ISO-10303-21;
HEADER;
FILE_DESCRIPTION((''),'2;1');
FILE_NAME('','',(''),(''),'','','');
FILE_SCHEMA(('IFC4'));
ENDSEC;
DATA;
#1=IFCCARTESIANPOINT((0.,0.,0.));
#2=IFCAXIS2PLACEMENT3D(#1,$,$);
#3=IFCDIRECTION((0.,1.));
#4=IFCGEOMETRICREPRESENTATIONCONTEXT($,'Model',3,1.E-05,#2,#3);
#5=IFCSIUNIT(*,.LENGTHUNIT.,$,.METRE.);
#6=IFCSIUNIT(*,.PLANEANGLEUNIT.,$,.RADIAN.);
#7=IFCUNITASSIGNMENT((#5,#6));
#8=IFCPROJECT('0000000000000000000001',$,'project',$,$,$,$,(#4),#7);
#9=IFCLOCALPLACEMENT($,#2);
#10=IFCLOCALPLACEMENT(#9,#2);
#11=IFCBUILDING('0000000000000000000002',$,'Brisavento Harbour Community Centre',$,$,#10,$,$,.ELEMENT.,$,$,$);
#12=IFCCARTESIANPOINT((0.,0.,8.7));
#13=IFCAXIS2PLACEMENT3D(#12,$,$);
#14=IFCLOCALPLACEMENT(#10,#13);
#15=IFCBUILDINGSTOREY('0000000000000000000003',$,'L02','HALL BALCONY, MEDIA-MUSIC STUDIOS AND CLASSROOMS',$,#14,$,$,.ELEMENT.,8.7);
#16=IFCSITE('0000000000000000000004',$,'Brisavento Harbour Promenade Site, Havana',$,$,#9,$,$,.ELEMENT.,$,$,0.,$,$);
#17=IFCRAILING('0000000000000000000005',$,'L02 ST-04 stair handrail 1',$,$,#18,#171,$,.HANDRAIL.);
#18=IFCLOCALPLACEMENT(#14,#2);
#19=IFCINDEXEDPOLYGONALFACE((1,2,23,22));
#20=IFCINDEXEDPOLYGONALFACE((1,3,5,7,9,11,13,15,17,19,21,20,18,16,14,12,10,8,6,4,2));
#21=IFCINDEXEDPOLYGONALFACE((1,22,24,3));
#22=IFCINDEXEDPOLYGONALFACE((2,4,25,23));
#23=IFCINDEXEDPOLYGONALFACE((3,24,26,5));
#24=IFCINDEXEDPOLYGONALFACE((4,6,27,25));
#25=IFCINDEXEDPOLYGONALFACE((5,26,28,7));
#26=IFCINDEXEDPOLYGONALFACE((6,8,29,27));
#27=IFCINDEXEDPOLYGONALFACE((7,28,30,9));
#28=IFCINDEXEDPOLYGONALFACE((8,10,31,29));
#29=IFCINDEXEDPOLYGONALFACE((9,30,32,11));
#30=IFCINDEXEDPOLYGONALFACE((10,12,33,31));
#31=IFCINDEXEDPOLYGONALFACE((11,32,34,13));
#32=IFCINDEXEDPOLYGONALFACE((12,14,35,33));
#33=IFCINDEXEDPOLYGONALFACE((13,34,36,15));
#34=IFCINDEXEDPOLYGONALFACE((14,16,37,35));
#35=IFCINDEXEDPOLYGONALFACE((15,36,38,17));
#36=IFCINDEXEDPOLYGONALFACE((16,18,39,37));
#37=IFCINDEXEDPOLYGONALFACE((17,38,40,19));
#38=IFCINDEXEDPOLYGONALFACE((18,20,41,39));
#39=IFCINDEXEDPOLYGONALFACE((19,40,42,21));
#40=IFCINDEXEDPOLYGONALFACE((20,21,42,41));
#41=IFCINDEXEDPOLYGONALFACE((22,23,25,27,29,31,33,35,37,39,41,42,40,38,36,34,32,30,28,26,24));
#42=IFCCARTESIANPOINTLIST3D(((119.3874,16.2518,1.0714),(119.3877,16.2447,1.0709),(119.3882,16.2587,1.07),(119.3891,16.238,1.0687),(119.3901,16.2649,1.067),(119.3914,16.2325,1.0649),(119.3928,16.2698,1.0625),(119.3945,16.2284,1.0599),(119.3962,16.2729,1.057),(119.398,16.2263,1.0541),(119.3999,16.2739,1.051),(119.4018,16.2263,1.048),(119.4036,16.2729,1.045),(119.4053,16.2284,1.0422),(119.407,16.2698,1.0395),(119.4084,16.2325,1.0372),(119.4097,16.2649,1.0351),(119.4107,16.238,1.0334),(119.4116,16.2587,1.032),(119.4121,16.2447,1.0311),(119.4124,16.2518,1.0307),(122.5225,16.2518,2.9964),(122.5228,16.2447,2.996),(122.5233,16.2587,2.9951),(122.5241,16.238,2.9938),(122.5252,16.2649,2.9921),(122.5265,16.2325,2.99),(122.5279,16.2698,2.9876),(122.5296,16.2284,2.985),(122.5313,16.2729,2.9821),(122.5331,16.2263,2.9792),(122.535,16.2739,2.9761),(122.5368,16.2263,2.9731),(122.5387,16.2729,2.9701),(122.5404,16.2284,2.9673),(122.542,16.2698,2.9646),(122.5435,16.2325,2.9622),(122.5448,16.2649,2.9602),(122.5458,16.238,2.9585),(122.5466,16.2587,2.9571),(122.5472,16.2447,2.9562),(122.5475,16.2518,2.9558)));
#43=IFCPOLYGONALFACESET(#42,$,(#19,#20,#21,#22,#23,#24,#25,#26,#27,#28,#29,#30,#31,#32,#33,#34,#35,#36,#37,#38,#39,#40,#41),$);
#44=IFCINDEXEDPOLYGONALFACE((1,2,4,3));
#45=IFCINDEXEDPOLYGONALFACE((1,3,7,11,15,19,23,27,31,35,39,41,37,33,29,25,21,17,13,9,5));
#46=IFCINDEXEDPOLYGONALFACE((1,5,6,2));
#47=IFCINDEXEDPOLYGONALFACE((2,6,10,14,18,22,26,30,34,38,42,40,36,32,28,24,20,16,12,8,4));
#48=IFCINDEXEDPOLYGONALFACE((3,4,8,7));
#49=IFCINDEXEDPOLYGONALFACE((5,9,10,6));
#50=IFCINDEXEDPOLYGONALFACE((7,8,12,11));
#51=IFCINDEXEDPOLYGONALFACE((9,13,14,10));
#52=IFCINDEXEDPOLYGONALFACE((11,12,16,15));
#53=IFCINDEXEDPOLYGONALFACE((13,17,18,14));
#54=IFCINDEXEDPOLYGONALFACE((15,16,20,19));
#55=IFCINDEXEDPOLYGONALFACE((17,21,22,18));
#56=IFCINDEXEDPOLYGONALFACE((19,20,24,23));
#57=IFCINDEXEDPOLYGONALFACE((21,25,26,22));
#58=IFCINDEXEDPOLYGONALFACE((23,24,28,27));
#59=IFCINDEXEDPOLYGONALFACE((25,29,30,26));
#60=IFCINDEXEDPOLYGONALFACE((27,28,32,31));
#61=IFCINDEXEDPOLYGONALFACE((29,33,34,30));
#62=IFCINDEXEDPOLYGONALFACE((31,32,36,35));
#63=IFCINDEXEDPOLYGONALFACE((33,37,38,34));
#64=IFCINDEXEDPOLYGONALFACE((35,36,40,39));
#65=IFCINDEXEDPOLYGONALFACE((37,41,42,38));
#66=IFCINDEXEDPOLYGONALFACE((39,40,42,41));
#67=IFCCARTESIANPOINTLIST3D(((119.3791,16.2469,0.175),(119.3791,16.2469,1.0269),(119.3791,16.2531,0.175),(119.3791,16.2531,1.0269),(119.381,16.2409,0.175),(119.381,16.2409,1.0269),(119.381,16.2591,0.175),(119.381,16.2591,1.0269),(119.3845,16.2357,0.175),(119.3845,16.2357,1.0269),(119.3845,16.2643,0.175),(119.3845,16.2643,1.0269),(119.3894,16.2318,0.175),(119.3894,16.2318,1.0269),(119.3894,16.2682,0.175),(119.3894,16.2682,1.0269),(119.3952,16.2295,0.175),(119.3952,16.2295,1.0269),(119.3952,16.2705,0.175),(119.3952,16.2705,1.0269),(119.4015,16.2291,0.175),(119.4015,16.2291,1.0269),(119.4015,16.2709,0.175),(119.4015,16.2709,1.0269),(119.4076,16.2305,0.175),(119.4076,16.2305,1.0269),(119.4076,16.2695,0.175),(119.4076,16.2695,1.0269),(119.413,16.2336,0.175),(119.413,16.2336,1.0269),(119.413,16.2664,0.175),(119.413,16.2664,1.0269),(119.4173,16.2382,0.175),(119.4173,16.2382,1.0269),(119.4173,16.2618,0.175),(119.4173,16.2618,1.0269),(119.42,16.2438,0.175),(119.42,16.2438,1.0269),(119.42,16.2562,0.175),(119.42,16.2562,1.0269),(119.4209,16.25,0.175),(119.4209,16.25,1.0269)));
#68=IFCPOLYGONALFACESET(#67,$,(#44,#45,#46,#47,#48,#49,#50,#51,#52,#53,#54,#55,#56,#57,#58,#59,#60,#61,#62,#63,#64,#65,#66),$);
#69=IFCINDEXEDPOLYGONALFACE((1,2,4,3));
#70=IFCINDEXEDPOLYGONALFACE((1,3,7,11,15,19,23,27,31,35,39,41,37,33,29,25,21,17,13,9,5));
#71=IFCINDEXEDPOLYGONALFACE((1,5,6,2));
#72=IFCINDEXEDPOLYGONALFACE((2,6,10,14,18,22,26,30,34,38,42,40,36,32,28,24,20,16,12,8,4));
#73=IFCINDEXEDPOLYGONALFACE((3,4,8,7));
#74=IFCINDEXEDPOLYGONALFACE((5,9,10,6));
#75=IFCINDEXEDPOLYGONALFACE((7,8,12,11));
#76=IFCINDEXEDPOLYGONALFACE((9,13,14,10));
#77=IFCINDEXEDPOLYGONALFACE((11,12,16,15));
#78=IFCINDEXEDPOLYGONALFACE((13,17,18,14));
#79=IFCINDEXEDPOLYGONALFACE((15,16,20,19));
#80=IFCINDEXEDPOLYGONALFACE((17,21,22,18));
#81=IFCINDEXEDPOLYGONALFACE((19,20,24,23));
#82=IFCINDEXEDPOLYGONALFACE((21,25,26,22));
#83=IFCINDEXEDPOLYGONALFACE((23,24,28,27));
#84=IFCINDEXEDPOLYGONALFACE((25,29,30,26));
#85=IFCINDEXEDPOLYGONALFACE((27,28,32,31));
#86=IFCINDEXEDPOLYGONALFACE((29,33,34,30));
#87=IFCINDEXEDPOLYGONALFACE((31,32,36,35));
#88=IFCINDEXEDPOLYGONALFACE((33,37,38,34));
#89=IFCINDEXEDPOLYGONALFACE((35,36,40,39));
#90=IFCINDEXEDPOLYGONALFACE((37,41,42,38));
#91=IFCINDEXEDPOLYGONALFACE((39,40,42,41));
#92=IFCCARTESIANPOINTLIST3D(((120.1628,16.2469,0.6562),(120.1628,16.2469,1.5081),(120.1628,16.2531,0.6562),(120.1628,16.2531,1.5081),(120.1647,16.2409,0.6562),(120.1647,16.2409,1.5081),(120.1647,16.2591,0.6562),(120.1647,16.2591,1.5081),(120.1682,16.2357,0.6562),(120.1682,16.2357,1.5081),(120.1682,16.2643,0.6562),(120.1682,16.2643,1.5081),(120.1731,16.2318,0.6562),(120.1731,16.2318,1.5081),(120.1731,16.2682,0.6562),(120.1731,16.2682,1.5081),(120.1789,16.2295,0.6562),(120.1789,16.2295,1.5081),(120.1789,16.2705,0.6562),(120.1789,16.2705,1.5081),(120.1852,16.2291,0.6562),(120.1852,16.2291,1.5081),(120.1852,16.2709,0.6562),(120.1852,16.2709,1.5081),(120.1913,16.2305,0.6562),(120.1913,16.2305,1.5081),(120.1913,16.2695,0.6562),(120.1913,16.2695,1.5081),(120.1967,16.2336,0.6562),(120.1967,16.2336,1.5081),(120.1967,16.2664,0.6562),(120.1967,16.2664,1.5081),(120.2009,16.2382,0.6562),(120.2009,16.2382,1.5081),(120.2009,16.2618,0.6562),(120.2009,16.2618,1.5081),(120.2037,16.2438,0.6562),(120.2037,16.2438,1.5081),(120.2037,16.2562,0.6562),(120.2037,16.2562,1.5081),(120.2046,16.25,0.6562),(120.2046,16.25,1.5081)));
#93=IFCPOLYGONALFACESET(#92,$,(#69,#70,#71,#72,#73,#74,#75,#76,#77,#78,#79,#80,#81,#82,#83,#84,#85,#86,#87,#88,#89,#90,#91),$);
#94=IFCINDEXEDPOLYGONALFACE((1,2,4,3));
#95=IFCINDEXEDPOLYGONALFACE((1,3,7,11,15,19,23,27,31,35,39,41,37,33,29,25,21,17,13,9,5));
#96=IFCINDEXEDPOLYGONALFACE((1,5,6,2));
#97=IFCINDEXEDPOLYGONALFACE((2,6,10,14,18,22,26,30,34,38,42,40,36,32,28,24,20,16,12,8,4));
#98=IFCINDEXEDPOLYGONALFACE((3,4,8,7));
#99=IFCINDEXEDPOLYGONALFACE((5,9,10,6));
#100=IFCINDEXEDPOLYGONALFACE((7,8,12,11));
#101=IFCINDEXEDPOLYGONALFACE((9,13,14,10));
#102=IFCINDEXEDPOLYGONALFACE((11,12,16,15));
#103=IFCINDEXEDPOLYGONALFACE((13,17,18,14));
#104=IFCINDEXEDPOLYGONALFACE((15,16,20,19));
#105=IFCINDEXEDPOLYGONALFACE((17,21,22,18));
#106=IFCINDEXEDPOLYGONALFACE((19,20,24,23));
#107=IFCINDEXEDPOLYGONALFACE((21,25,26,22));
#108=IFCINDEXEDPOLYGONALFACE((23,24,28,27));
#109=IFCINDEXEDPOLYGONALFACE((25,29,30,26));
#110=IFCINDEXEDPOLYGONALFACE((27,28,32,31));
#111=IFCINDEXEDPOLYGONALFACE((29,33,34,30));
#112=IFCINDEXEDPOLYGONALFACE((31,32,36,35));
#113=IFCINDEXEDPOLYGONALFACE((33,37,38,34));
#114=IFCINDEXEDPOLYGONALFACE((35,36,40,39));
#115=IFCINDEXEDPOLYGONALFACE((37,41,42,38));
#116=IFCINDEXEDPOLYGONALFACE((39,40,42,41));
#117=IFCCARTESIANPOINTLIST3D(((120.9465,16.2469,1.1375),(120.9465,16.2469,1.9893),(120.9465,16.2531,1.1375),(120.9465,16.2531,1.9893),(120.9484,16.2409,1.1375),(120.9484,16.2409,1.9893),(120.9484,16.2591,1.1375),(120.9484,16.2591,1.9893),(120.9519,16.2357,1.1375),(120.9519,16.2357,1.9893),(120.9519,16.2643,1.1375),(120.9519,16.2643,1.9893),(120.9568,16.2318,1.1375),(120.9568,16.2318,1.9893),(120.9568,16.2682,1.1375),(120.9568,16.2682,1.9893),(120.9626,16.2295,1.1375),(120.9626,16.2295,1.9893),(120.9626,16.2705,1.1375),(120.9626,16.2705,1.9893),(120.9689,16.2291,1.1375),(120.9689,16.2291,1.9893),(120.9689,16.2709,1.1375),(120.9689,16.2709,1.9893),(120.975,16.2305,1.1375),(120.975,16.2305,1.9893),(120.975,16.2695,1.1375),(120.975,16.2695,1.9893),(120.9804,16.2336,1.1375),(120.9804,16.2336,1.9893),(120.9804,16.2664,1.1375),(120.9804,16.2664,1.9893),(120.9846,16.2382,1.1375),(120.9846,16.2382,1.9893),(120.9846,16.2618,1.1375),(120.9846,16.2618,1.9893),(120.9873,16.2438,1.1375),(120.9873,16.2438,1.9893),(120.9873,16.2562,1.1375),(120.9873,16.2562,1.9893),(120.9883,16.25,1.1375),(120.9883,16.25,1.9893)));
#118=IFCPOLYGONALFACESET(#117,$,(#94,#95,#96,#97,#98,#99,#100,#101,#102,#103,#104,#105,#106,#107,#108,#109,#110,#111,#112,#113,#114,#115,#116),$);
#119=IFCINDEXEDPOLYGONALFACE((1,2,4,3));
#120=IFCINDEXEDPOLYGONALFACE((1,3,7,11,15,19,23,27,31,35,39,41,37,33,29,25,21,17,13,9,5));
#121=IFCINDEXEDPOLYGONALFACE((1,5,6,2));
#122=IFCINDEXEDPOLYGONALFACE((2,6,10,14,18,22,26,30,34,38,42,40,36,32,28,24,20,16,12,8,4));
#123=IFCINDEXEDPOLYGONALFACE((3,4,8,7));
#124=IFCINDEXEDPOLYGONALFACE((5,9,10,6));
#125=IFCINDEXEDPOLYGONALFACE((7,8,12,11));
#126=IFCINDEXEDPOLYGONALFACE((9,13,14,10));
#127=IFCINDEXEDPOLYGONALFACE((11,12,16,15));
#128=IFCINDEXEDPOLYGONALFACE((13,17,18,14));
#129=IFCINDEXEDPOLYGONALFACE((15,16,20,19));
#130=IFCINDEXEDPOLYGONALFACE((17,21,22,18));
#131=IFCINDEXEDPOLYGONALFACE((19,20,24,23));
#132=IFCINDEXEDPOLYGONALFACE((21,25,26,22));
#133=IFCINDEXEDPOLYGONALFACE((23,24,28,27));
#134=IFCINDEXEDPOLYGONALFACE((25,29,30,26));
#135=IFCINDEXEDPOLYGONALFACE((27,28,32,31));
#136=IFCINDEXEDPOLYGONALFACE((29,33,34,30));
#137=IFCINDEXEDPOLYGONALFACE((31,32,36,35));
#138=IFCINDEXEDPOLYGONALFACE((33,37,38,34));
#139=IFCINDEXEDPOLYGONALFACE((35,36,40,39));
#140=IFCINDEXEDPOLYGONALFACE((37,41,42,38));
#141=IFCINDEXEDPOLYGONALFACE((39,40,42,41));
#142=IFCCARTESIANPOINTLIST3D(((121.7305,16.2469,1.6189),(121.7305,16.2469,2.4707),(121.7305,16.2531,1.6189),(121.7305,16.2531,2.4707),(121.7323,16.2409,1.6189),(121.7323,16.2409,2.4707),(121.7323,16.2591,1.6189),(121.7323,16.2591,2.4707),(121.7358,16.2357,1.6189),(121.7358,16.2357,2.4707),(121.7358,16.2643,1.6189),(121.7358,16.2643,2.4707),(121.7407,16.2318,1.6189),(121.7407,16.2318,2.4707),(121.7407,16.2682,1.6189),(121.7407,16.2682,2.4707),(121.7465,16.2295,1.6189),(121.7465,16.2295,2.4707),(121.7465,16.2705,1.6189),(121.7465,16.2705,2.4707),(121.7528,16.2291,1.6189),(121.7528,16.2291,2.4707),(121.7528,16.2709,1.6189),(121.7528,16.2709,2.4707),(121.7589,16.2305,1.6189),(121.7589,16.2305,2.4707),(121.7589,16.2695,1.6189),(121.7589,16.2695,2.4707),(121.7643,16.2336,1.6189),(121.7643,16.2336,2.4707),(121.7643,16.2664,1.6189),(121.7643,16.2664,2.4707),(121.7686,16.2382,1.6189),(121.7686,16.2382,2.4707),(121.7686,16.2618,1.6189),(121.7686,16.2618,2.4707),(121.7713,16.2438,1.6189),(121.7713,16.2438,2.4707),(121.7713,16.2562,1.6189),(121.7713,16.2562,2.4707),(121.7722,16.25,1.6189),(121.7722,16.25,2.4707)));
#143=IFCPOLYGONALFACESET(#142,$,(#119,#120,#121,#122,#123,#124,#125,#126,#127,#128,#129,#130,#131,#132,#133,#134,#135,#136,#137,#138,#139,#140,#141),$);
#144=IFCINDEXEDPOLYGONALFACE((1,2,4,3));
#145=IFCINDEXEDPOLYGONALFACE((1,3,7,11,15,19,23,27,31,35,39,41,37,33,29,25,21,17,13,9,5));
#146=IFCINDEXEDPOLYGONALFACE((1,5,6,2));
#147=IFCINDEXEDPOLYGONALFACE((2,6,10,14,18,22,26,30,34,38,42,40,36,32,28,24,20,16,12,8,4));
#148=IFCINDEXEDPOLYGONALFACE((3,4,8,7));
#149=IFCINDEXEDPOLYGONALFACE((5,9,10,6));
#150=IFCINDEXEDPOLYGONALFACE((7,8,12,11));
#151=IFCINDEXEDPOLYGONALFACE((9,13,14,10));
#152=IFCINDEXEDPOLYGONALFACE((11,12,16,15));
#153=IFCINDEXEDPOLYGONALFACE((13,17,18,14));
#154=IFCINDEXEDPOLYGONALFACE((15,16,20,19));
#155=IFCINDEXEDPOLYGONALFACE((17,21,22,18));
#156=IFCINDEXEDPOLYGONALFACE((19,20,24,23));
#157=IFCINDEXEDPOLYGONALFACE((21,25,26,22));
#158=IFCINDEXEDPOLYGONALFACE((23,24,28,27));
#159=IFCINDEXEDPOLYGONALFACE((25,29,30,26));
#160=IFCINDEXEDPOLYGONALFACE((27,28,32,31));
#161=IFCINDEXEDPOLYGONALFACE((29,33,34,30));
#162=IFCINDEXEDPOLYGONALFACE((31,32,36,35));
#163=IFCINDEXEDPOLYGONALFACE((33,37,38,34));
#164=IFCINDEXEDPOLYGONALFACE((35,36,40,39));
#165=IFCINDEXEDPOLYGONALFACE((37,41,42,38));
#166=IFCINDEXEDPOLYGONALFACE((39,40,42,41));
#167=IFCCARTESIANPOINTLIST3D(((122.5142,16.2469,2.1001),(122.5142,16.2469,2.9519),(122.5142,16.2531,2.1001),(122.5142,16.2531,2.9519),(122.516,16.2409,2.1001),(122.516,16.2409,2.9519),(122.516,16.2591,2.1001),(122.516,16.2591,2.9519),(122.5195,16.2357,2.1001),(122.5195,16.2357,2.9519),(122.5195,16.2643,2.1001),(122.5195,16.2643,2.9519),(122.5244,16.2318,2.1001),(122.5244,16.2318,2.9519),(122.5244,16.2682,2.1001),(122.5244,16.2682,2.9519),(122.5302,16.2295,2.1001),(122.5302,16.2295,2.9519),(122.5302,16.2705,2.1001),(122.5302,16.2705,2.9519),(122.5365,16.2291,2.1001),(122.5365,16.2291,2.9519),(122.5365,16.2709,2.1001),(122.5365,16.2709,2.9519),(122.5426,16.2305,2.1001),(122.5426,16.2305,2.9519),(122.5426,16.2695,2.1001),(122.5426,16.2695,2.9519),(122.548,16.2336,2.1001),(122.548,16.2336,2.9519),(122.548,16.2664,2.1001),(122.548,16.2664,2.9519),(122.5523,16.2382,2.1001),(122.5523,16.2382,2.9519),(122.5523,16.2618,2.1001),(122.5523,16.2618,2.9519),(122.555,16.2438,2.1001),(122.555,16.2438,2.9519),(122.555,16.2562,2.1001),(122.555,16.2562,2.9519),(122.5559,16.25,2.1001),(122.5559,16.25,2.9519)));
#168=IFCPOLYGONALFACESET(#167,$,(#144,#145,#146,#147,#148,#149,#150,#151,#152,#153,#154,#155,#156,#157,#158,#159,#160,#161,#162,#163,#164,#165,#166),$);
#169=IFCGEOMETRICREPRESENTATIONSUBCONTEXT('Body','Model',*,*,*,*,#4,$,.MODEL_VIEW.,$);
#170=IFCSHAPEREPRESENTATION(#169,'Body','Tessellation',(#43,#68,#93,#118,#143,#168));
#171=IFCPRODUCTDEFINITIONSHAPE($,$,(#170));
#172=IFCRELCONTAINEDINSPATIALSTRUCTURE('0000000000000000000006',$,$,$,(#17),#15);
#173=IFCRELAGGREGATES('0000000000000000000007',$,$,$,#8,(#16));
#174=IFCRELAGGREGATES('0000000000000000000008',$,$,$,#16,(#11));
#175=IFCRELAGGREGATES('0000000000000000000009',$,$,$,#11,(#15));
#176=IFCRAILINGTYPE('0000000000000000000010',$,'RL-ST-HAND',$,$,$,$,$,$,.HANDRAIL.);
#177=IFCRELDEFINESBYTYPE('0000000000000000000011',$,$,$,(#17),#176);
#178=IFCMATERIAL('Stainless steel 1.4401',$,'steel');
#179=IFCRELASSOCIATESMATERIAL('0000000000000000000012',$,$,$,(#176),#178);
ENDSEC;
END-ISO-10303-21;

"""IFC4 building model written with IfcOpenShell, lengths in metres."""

from ifc_helpers import new_model, si_unit, direction, frame, origin, origin_2d, place, context, subcontext, project, spatial, circle, extrude, material, type_object, element, save


model = new_model("IFC4")

# Units and contexts
model_context = context("Model", 3, precision=1e-05, world=origin(), true_north=direction((0.0, 1.0)))
body_context = subcontext(model_context, "Body", "Model", "MODEL_VIEW")
ifc_project = project(units=[si_unit("LENGTHUNIT", "METRE"), si_unit("PLANEANGLEUNIT", "RADIAN")], contexts=[model_context])

# Site, building, storey
site_placement = place(None, origin())
site = spatial("IfcSite", under=ifc_project, at=site_placement, Name="Brisavento Harbour Promenade Site, Havana", CompositionType="ELEMENT", RefElevation=0.0)
building_placement = place(site_placement, origin())
building = spatial("IfcBuilding", under=site, at=building_placement, Name="Brisavento Harbour Community Centre", CompositionType="ELEMENT")
storey_placement = place(building_placement, frame((0.0, 0.0, 8.7)))
storey = spatial("IfcBuildingStorey", under=building, at=storey_placement, Name="L02", Description="HALL BALCONY, MEDIA-MUSIC STUDIOS AND CLASSROOMS", CompositionType="ELEMENT", Elevation=8.7)

# Railing
ifc_material_1 = material(Name="Stainless steel 1.4401", Category="steel")
railing_type = type_object("IfcRailingType", Name="RL-ST-HAND", PredefinedType="HANDRAIL", material=ifc_material_1)
railing_placement = place(storey_placement, frame((119.3999, 16.25, 0.175)))
element("IfcRailing", 1, at=railing_placement, inside=storey, type_object=railing_type, Name="L02 ST-04 stair handrail 1", PredefinedType="HANDRAIL", context=body_context, shape_type="SweptSolid", body=[
    extrude(circle(Radius=0.0239, at=origin_2d()), frame((0.0, 0.0, 0.876), z_axis=(0.852166, 0.0, 0.523271), x_axis=(0.0, 1.0, 0.0)), (0.0, 0.0, 1.0), 3.679),
    extrude(circle(Radius=0.021, at=origin_2d()), origin(), (0.0, 0.0, 1.0), 0.8518),
    extrude(circle(Radius=0.021, at=origin_2d()), frame((0.7837, 0.0, 0.4812)), (0.0, 0.0, 1.0), 0.8518),
    extrude(circle(Radius=0.021, at=origin_2d()), frame((1.5674, 0.0, 0.9624)), (0.0, 0.0, 1.0), 0.8518),
    extrude(circle(Radius=0.021, at=origin_2d()), frame((2.3513, 0.0, 1.4438)), (0.0, 0.0, 1.0), 0.8518),
    extrude(circle(Radius=0.021, at=origin_2d()), frame((3.135, 0.0, 1.925)), (0.0, 0.0, 1.0), 0.8518),
])

save(model, "model.ifc")
